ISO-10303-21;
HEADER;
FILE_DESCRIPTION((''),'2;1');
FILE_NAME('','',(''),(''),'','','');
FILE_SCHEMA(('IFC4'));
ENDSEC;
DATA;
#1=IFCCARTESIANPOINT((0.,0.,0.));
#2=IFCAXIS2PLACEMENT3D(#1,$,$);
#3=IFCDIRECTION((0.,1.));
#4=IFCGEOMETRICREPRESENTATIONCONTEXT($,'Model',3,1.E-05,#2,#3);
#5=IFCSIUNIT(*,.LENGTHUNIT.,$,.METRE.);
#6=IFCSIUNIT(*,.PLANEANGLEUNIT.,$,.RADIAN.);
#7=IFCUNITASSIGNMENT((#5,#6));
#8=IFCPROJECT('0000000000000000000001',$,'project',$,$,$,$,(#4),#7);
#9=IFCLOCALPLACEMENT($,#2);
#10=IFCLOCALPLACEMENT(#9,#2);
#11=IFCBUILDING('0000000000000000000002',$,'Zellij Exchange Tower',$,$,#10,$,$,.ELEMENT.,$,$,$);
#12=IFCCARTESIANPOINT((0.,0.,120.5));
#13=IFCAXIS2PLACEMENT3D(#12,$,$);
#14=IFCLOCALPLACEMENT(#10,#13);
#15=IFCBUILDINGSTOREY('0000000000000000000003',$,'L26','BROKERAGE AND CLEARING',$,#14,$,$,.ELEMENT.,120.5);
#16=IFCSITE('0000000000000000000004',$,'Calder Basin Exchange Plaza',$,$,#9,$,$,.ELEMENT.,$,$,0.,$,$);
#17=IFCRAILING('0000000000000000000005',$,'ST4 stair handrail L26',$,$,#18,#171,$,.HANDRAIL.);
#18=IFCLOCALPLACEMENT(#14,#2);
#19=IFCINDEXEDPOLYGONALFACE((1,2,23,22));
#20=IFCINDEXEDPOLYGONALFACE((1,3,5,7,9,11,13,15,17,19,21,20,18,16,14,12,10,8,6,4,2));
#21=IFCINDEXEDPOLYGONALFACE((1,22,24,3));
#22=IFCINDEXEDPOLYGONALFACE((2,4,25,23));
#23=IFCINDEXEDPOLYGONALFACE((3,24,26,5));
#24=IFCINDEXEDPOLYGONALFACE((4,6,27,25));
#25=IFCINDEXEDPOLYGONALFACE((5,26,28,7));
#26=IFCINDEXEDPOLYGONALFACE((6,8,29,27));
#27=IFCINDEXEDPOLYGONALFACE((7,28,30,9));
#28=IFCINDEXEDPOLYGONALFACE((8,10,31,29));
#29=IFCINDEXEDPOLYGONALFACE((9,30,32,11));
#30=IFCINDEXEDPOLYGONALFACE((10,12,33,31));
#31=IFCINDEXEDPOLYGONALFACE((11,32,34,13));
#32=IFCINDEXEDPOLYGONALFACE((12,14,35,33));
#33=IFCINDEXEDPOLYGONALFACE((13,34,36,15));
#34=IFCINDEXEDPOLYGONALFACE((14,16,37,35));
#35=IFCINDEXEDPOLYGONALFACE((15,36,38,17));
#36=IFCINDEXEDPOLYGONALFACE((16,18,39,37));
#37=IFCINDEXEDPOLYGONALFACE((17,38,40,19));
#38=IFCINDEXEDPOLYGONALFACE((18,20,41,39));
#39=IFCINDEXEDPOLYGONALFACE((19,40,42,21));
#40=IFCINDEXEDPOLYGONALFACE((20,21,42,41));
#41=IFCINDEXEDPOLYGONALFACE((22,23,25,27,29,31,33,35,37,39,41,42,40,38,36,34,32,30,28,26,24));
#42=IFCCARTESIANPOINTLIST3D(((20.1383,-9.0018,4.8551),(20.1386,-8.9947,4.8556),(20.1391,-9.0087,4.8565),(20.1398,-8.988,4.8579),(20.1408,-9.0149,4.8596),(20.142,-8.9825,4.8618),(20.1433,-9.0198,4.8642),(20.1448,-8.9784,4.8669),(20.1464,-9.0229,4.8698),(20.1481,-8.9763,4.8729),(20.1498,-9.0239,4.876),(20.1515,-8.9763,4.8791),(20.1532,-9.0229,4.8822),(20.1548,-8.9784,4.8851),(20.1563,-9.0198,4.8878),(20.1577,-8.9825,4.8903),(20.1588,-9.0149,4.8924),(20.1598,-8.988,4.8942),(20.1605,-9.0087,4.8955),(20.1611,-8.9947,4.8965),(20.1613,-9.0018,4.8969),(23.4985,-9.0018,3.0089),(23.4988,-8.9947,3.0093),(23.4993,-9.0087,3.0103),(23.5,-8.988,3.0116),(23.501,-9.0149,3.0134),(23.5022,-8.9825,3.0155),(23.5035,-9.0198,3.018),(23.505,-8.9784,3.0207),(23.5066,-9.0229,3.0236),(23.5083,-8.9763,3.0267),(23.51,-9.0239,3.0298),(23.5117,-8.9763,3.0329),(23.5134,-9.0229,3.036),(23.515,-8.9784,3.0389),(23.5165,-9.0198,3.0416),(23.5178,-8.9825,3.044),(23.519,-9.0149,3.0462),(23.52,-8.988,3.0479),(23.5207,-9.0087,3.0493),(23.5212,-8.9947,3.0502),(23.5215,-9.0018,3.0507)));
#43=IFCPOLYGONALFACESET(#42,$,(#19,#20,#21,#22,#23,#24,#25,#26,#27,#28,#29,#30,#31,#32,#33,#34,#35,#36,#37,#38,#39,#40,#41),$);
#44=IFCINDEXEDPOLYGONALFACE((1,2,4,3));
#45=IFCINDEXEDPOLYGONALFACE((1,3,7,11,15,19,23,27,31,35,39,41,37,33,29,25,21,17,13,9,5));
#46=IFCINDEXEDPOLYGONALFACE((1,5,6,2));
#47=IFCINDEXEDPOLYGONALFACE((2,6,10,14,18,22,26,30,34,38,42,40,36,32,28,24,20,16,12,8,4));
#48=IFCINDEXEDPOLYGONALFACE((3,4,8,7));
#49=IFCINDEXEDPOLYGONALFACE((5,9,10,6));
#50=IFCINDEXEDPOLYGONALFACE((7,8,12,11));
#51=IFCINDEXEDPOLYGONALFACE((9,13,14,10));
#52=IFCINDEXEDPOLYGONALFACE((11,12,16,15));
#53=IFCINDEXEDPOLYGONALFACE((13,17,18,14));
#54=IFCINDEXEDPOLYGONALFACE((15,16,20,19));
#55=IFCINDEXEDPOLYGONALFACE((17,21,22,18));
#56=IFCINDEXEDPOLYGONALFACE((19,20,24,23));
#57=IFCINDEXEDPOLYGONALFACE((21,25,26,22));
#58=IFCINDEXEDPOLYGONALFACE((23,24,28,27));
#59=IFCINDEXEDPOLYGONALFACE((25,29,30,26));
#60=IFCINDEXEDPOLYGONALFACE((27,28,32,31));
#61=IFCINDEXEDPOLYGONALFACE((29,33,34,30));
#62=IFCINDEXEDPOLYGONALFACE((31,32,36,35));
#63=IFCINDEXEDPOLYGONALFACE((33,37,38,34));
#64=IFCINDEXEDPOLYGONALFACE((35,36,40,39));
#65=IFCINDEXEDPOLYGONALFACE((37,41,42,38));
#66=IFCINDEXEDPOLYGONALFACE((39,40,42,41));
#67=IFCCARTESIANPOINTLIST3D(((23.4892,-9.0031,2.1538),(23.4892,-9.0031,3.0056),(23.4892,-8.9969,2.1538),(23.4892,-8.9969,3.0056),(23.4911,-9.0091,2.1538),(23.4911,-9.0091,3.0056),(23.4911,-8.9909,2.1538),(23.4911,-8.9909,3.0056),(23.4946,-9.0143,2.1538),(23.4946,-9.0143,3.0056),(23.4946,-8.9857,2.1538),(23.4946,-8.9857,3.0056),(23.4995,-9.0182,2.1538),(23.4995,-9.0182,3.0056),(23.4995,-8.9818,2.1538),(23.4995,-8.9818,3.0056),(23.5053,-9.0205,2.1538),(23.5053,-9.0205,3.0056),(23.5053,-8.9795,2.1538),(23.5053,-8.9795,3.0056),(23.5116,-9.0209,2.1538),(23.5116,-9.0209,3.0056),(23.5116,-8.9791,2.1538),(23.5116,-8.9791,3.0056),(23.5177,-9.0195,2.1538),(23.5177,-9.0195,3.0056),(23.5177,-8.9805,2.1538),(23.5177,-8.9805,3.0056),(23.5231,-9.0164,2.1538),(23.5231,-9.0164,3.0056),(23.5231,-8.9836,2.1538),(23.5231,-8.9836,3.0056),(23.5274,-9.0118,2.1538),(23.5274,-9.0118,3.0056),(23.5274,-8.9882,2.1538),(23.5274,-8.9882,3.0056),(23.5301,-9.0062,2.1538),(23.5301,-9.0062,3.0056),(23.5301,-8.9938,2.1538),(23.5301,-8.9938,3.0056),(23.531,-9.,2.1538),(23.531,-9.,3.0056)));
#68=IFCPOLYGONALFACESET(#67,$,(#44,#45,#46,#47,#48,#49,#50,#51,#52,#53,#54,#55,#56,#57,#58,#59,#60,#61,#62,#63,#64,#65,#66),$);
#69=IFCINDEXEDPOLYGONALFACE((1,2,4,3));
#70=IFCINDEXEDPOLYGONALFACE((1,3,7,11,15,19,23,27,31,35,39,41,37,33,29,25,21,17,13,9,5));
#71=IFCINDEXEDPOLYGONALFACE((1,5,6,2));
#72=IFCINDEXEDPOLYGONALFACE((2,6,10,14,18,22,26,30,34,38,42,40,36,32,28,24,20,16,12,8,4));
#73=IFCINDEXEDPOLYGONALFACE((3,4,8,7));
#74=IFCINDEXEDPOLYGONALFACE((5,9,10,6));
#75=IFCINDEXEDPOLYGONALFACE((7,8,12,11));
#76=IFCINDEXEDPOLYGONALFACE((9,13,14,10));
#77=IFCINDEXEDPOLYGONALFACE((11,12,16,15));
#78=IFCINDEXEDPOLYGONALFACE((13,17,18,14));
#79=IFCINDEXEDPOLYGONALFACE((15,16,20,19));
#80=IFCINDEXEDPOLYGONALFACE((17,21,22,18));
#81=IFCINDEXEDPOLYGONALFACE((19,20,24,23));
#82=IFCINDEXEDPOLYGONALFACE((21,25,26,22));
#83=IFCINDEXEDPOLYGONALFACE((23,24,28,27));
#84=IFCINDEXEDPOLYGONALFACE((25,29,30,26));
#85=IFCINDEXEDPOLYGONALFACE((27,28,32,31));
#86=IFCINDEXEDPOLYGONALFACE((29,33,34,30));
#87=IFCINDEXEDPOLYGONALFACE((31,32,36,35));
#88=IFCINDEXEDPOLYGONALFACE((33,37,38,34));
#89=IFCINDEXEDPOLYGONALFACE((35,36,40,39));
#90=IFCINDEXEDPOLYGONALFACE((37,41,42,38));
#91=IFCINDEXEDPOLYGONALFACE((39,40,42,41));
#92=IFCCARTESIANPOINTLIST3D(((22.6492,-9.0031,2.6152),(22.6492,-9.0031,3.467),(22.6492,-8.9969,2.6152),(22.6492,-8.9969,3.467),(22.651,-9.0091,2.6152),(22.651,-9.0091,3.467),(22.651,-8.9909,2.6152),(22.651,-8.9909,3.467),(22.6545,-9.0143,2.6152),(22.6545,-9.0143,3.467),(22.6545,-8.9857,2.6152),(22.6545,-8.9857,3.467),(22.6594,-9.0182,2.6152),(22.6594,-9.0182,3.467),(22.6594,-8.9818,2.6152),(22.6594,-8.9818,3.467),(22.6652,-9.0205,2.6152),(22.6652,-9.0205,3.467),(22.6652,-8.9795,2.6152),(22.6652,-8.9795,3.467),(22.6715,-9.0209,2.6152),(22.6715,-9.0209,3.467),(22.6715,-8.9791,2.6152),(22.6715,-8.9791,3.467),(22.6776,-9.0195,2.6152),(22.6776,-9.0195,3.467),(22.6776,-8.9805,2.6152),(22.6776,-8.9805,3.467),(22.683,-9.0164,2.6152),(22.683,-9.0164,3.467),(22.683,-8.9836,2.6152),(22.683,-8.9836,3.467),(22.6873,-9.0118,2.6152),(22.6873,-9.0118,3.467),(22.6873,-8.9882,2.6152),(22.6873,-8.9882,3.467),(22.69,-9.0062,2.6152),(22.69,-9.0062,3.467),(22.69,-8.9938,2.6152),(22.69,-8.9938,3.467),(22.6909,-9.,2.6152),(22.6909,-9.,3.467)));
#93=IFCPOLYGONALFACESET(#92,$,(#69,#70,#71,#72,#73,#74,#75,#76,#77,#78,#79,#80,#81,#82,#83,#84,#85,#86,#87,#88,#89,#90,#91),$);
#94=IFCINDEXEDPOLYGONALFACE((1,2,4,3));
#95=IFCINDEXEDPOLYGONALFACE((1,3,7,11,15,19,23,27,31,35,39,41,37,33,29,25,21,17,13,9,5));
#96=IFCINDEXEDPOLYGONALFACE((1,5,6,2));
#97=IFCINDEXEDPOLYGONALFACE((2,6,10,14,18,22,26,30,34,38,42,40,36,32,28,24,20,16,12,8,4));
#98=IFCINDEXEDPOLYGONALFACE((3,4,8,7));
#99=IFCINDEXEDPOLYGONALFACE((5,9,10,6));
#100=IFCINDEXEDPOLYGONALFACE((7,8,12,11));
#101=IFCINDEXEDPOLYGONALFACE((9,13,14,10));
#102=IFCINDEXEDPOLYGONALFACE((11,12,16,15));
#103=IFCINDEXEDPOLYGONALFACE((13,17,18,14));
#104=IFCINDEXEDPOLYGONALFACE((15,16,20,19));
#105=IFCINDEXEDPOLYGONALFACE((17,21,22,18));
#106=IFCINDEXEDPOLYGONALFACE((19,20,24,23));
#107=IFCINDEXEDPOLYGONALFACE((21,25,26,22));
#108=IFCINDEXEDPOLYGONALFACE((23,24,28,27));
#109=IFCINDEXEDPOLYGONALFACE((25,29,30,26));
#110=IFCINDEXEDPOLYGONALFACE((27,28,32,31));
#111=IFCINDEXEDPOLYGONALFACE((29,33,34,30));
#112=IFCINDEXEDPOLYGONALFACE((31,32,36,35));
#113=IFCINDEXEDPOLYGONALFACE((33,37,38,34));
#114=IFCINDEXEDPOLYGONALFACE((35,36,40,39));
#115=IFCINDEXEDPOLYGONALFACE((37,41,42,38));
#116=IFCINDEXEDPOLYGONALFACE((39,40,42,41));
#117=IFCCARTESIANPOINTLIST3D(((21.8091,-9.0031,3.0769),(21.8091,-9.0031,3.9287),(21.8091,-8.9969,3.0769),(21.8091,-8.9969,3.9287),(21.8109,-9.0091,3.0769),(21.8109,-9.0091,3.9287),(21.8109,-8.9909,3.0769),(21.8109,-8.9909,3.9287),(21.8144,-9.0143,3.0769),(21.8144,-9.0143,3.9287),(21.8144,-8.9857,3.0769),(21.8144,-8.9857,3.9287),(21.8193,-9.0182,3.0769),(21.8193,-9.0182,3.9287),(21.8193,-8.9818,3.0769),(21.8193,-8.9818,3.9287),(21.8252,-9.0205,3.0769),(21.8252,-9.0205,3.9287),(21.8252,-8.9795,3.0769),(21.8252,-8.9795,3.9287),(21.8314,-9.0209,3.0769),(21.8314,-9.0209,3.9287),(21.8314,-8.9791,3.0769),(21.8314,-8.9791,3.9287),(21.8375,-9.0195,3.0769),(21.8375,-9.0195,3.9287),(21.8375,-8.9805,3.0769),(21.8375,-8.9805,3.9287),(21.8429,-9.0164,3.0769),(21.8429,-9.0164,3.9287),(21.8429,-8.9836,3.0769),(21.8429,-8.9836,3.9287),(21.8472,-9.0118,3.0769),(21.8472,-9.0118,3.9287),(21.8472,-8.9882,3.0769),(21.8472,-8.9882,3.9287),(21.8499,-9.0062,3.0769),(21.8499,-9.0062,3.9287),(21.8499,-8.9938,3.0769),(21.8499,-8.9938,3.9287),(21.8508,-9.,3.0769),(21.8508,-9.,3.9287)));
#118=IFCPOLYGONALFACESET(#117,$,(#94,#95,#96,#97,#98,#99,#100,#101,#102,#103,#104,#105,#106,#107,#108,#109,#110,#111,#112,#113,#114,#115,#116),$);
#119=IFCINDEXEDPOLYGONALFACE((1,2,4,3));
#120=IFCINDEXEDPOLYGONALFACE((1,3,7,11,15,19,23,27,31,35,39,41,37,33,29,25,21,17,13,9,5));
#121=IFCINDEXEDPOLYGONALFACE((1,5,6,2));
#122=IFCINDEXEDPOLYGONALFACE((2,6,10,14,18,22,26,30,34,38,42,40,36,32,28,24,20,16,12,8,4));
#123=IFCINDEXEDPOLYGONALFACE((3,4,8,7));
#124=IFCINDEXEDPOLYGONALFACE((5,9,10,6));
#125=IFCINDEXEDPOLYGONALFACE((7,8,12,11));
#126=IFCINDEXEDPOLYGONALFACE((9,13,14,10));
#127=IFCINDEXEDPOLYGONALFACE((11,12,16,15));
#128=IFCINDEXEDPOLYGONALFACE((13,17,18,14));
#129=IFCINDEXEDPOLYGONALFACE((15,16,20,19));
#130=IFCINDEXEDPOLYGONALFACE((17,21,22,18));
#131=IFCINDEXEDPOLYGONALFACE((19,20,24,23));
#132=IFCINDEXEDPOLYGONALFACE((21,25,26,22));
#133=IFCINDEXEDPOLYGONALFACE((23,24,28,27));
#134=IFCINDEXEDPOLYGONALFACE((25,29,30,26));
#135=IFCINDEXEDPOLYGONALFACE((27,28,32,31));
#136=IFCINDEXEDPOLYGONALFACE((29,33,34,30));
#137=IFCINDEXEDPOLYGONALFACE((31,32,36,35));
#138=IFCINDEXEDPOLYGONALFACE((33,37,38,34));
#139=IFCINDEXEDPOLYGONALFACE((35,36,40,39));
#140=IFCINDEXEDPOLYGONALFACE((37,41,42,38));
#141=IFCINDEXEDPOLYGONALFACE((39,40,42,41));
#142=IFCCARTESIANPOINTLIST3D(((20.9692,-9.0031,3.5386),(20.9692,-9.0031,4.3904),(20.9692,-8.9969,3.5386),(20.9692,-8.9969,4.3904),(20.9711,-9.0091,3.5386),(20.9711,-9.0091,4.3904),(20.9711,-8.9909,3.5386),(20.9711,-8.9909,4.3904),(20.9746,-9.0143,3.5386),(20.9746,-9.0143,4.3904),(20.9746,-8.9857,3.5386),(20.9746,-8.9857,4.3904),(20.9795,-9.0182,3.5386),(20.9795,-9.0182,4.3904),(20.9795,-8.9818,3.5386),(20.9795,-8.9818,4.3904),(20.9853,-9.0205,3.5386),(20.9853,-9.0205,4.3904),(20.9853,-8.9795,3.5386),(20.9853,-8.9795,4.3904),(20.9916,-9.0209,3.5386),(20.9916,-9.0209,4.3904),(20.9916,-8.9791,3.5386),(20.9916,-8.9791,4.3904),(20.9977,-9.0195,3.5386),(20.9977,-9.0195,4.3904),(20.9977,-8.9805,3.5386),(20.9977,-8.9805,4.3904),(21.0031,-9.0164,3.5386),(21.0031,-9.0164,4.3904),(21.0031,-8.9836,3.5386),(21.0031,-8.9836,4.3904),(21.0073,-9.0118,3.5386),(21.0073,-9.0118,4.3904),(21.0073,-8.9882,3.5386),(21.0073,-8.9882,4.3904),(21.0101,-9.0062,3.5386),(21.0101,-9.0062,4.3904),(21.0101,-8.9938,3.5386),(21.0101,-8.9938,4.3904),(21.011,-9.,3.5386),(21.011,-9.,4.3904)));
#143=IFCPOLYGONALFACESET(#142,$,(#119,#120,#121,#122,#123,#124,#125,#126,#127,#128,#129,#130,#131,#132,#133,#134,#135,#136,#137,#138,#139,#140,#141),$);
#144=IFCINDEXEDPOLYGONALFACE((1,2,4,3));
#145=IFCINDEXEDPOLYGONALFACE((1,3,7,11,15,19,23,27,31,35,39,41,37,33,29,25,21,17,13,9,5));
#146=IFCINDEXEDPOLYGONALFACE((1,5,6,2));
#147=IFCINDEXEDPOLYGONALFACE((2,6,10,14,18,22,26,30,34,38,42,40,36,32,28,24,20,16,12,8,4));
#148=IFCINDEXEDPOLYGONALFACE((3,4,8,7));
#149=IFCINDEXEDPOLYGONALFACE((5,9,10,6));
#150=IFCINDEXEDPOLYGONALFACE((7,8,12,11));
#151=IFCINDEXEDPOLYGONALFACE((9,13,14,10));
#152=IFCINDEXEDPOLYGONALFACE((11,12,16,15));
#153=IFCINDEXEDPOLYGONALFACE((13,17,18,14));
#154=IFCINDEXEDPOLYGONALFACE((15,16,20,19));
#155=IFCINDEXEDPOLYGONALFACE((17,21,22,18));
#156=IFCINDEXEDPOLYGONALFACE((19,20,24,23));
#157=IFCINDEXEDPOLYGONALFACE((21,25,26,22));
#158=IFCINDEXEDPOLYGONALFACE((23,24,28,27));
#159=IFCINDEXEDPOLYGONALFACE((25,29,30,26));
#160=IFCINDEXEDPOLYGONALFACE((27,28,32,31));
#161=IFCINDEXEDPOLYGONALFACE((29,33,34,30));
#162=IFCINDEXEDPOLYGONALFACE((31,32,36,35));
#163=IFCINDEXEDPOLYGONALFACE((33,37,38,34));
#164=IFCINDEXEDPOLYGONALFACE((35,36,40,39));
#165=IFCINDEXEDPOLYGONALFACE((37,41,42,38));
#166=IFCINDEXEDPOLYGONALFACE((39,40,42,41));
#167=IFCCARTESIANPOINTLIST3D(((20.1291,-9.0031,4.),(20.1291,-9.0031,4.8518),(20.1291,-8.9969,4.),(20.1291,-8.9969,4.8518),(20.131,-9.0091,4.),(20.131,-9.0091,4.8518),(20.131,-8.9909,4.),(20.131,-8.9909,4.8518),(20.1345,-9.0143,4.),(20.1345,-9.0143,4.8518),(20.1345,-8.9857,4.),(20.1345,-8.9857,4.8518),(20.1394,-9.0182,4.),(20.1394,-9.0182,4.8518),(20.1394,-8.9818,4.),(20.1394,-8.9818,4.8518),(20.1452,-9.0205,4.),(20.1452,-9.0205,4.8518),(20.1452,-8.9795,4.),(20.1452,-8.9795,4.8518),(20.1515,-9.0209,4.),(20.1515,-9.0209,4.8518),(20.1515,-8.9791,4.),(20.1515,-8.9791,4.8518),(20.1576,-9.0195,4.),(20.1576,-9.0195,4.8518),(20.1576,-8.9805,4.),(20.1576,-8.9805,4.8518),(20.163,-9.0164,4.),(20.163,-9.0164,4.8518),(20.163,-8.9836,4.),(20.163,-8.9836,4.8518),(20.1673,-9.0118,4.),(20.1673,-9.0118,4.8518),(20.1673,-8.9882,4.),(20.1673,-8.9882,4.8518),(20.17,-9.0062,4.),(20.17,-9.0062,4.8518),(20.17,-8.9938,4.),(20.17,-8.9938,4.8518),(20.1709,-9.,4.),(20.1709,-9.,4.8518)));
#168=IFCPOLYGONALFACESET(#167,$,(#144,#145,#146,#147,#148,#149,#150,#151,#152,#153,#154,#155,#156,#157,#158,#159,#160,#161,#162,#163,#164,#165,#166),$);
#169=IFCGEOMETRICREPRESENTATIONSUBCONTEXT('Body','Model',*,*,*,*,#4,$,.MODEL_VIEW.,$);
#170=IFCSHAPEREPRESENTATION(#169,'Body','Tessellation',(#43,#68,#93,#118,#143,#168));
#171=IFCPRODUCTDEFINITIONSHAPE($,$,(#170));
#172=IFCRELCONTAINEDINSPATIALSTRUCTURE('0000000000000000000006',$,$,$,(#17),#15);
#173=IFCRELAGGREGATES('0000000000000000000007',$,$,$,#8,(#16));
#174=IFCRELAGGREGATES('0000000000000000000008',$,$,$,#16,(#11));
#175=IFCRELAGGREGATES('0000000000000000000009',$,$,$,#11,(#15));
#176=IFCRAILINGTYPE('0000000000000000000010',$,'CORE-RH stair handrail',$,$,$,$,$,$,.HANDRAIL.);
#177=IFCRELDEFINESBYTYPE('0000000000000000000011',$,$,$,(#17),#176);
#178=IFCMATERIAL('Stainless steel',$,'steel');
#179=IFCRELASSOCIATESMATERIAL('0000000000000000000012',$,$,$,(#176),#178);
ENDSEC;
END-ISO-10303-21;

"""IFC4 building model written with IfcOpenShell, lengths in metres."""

from ifc_helpers import new_model, si_unit, direction, frame, origin, origin_2d, place, context, subcontext, project, spatial, circle, extrude, material, type_object, element, save


model = new_model("IFC4")

# Units and contexts
model_context = context("Model", 3, precision=1e-05, world=origin(), true_north=direction((0.0, 1.0)))
body_context = subcontext(model_context, "Body", "Model", "MODEL_VIEW")
ifc_project = project(units=[si_unit("LENGTHUNIT", "METRE"), si_unit("PLANEANGLEUNIT", "RADIAN")], contexts=[model_context])

# Site, building, storey
site_placement = place(None, origin())
site = spatial("IfcSite", under=ifc_project, at=site_placement, Name="Calder Basin Exchange Plaza", CompositionType="ELEMENT", RefElevation=0.0)
building_placement = place(site_placement, origin())
building = spatial("IfcBuilding", under=site, at=building_placement, Name="Zellij Exchange Tower", CompositionType="ELEMENT")
storey_placement = place(building_placement, frame((0.0, 0.0, 120.5)))
storey = spatial("IfcBuildingStorey", under=building, at=storey_placement, Name="L26", Description="BROKERAGE AND CLEARING", CompositionType="ELEMENT", Elevation=120.5)

# Railing
ifc_material_1 = material(Name="Stainless steel", Category="steel")
railing_type = type_object("IfcRailingType", Name="CORE-RH stair handrail", PredefinedType="HANDRAIL", material=ifc_material_1)
railing_placement = place(storey_placement, frame((23.51, -9.0, 2.1538)))
element("IfcRailing", 1, at=railing_placement, inside=storey, type_object=railing_type, Name="ST4 stair handrail L26", PredefinedType="HANDRAIL", context=body_context, shape_type="SweptSolid", body=[
    extrude(circle(Radius=0.0239, at=origin_2d()), frame((0.0, 0.0, 0.876), z_axis=(-0.876422, 0.0, 0.481545), x_axis=(0.0, -1.0, 0.0)), (0.0, 0.0, 1.0), 3.834),
    extrude(circle(Radius=0.021, at=origin_2d()), origin(), (0.0, 0.0, 1.0), 0.8518),
    extrude(circle(Radius=0.021, at=origin_2d()), frame((-0.8401, 0.0, 0.4614)), (0.0, 0.0, 1.0), 0.8518),
    extrude(circle(Radius=0.021, at=origin_2d()), frame((-1.6802, 0.0, 0.9231)), (0.0, 0.0, 1.0), 0.8518),
    extrude(circle(Radius=0.021, at=origin_2d()), frame((-2.52, 0.0, 1.3848)), (0.0, 0.0, 1.0), 0.8518),
    extrude(circle(Radius=0.021, at=origin_2d()), frame((-3.3601, 0.0, 1.8462)), (0.0, 0.0, 1.0), 0.8518),
])

save(model, "model.ifc")
